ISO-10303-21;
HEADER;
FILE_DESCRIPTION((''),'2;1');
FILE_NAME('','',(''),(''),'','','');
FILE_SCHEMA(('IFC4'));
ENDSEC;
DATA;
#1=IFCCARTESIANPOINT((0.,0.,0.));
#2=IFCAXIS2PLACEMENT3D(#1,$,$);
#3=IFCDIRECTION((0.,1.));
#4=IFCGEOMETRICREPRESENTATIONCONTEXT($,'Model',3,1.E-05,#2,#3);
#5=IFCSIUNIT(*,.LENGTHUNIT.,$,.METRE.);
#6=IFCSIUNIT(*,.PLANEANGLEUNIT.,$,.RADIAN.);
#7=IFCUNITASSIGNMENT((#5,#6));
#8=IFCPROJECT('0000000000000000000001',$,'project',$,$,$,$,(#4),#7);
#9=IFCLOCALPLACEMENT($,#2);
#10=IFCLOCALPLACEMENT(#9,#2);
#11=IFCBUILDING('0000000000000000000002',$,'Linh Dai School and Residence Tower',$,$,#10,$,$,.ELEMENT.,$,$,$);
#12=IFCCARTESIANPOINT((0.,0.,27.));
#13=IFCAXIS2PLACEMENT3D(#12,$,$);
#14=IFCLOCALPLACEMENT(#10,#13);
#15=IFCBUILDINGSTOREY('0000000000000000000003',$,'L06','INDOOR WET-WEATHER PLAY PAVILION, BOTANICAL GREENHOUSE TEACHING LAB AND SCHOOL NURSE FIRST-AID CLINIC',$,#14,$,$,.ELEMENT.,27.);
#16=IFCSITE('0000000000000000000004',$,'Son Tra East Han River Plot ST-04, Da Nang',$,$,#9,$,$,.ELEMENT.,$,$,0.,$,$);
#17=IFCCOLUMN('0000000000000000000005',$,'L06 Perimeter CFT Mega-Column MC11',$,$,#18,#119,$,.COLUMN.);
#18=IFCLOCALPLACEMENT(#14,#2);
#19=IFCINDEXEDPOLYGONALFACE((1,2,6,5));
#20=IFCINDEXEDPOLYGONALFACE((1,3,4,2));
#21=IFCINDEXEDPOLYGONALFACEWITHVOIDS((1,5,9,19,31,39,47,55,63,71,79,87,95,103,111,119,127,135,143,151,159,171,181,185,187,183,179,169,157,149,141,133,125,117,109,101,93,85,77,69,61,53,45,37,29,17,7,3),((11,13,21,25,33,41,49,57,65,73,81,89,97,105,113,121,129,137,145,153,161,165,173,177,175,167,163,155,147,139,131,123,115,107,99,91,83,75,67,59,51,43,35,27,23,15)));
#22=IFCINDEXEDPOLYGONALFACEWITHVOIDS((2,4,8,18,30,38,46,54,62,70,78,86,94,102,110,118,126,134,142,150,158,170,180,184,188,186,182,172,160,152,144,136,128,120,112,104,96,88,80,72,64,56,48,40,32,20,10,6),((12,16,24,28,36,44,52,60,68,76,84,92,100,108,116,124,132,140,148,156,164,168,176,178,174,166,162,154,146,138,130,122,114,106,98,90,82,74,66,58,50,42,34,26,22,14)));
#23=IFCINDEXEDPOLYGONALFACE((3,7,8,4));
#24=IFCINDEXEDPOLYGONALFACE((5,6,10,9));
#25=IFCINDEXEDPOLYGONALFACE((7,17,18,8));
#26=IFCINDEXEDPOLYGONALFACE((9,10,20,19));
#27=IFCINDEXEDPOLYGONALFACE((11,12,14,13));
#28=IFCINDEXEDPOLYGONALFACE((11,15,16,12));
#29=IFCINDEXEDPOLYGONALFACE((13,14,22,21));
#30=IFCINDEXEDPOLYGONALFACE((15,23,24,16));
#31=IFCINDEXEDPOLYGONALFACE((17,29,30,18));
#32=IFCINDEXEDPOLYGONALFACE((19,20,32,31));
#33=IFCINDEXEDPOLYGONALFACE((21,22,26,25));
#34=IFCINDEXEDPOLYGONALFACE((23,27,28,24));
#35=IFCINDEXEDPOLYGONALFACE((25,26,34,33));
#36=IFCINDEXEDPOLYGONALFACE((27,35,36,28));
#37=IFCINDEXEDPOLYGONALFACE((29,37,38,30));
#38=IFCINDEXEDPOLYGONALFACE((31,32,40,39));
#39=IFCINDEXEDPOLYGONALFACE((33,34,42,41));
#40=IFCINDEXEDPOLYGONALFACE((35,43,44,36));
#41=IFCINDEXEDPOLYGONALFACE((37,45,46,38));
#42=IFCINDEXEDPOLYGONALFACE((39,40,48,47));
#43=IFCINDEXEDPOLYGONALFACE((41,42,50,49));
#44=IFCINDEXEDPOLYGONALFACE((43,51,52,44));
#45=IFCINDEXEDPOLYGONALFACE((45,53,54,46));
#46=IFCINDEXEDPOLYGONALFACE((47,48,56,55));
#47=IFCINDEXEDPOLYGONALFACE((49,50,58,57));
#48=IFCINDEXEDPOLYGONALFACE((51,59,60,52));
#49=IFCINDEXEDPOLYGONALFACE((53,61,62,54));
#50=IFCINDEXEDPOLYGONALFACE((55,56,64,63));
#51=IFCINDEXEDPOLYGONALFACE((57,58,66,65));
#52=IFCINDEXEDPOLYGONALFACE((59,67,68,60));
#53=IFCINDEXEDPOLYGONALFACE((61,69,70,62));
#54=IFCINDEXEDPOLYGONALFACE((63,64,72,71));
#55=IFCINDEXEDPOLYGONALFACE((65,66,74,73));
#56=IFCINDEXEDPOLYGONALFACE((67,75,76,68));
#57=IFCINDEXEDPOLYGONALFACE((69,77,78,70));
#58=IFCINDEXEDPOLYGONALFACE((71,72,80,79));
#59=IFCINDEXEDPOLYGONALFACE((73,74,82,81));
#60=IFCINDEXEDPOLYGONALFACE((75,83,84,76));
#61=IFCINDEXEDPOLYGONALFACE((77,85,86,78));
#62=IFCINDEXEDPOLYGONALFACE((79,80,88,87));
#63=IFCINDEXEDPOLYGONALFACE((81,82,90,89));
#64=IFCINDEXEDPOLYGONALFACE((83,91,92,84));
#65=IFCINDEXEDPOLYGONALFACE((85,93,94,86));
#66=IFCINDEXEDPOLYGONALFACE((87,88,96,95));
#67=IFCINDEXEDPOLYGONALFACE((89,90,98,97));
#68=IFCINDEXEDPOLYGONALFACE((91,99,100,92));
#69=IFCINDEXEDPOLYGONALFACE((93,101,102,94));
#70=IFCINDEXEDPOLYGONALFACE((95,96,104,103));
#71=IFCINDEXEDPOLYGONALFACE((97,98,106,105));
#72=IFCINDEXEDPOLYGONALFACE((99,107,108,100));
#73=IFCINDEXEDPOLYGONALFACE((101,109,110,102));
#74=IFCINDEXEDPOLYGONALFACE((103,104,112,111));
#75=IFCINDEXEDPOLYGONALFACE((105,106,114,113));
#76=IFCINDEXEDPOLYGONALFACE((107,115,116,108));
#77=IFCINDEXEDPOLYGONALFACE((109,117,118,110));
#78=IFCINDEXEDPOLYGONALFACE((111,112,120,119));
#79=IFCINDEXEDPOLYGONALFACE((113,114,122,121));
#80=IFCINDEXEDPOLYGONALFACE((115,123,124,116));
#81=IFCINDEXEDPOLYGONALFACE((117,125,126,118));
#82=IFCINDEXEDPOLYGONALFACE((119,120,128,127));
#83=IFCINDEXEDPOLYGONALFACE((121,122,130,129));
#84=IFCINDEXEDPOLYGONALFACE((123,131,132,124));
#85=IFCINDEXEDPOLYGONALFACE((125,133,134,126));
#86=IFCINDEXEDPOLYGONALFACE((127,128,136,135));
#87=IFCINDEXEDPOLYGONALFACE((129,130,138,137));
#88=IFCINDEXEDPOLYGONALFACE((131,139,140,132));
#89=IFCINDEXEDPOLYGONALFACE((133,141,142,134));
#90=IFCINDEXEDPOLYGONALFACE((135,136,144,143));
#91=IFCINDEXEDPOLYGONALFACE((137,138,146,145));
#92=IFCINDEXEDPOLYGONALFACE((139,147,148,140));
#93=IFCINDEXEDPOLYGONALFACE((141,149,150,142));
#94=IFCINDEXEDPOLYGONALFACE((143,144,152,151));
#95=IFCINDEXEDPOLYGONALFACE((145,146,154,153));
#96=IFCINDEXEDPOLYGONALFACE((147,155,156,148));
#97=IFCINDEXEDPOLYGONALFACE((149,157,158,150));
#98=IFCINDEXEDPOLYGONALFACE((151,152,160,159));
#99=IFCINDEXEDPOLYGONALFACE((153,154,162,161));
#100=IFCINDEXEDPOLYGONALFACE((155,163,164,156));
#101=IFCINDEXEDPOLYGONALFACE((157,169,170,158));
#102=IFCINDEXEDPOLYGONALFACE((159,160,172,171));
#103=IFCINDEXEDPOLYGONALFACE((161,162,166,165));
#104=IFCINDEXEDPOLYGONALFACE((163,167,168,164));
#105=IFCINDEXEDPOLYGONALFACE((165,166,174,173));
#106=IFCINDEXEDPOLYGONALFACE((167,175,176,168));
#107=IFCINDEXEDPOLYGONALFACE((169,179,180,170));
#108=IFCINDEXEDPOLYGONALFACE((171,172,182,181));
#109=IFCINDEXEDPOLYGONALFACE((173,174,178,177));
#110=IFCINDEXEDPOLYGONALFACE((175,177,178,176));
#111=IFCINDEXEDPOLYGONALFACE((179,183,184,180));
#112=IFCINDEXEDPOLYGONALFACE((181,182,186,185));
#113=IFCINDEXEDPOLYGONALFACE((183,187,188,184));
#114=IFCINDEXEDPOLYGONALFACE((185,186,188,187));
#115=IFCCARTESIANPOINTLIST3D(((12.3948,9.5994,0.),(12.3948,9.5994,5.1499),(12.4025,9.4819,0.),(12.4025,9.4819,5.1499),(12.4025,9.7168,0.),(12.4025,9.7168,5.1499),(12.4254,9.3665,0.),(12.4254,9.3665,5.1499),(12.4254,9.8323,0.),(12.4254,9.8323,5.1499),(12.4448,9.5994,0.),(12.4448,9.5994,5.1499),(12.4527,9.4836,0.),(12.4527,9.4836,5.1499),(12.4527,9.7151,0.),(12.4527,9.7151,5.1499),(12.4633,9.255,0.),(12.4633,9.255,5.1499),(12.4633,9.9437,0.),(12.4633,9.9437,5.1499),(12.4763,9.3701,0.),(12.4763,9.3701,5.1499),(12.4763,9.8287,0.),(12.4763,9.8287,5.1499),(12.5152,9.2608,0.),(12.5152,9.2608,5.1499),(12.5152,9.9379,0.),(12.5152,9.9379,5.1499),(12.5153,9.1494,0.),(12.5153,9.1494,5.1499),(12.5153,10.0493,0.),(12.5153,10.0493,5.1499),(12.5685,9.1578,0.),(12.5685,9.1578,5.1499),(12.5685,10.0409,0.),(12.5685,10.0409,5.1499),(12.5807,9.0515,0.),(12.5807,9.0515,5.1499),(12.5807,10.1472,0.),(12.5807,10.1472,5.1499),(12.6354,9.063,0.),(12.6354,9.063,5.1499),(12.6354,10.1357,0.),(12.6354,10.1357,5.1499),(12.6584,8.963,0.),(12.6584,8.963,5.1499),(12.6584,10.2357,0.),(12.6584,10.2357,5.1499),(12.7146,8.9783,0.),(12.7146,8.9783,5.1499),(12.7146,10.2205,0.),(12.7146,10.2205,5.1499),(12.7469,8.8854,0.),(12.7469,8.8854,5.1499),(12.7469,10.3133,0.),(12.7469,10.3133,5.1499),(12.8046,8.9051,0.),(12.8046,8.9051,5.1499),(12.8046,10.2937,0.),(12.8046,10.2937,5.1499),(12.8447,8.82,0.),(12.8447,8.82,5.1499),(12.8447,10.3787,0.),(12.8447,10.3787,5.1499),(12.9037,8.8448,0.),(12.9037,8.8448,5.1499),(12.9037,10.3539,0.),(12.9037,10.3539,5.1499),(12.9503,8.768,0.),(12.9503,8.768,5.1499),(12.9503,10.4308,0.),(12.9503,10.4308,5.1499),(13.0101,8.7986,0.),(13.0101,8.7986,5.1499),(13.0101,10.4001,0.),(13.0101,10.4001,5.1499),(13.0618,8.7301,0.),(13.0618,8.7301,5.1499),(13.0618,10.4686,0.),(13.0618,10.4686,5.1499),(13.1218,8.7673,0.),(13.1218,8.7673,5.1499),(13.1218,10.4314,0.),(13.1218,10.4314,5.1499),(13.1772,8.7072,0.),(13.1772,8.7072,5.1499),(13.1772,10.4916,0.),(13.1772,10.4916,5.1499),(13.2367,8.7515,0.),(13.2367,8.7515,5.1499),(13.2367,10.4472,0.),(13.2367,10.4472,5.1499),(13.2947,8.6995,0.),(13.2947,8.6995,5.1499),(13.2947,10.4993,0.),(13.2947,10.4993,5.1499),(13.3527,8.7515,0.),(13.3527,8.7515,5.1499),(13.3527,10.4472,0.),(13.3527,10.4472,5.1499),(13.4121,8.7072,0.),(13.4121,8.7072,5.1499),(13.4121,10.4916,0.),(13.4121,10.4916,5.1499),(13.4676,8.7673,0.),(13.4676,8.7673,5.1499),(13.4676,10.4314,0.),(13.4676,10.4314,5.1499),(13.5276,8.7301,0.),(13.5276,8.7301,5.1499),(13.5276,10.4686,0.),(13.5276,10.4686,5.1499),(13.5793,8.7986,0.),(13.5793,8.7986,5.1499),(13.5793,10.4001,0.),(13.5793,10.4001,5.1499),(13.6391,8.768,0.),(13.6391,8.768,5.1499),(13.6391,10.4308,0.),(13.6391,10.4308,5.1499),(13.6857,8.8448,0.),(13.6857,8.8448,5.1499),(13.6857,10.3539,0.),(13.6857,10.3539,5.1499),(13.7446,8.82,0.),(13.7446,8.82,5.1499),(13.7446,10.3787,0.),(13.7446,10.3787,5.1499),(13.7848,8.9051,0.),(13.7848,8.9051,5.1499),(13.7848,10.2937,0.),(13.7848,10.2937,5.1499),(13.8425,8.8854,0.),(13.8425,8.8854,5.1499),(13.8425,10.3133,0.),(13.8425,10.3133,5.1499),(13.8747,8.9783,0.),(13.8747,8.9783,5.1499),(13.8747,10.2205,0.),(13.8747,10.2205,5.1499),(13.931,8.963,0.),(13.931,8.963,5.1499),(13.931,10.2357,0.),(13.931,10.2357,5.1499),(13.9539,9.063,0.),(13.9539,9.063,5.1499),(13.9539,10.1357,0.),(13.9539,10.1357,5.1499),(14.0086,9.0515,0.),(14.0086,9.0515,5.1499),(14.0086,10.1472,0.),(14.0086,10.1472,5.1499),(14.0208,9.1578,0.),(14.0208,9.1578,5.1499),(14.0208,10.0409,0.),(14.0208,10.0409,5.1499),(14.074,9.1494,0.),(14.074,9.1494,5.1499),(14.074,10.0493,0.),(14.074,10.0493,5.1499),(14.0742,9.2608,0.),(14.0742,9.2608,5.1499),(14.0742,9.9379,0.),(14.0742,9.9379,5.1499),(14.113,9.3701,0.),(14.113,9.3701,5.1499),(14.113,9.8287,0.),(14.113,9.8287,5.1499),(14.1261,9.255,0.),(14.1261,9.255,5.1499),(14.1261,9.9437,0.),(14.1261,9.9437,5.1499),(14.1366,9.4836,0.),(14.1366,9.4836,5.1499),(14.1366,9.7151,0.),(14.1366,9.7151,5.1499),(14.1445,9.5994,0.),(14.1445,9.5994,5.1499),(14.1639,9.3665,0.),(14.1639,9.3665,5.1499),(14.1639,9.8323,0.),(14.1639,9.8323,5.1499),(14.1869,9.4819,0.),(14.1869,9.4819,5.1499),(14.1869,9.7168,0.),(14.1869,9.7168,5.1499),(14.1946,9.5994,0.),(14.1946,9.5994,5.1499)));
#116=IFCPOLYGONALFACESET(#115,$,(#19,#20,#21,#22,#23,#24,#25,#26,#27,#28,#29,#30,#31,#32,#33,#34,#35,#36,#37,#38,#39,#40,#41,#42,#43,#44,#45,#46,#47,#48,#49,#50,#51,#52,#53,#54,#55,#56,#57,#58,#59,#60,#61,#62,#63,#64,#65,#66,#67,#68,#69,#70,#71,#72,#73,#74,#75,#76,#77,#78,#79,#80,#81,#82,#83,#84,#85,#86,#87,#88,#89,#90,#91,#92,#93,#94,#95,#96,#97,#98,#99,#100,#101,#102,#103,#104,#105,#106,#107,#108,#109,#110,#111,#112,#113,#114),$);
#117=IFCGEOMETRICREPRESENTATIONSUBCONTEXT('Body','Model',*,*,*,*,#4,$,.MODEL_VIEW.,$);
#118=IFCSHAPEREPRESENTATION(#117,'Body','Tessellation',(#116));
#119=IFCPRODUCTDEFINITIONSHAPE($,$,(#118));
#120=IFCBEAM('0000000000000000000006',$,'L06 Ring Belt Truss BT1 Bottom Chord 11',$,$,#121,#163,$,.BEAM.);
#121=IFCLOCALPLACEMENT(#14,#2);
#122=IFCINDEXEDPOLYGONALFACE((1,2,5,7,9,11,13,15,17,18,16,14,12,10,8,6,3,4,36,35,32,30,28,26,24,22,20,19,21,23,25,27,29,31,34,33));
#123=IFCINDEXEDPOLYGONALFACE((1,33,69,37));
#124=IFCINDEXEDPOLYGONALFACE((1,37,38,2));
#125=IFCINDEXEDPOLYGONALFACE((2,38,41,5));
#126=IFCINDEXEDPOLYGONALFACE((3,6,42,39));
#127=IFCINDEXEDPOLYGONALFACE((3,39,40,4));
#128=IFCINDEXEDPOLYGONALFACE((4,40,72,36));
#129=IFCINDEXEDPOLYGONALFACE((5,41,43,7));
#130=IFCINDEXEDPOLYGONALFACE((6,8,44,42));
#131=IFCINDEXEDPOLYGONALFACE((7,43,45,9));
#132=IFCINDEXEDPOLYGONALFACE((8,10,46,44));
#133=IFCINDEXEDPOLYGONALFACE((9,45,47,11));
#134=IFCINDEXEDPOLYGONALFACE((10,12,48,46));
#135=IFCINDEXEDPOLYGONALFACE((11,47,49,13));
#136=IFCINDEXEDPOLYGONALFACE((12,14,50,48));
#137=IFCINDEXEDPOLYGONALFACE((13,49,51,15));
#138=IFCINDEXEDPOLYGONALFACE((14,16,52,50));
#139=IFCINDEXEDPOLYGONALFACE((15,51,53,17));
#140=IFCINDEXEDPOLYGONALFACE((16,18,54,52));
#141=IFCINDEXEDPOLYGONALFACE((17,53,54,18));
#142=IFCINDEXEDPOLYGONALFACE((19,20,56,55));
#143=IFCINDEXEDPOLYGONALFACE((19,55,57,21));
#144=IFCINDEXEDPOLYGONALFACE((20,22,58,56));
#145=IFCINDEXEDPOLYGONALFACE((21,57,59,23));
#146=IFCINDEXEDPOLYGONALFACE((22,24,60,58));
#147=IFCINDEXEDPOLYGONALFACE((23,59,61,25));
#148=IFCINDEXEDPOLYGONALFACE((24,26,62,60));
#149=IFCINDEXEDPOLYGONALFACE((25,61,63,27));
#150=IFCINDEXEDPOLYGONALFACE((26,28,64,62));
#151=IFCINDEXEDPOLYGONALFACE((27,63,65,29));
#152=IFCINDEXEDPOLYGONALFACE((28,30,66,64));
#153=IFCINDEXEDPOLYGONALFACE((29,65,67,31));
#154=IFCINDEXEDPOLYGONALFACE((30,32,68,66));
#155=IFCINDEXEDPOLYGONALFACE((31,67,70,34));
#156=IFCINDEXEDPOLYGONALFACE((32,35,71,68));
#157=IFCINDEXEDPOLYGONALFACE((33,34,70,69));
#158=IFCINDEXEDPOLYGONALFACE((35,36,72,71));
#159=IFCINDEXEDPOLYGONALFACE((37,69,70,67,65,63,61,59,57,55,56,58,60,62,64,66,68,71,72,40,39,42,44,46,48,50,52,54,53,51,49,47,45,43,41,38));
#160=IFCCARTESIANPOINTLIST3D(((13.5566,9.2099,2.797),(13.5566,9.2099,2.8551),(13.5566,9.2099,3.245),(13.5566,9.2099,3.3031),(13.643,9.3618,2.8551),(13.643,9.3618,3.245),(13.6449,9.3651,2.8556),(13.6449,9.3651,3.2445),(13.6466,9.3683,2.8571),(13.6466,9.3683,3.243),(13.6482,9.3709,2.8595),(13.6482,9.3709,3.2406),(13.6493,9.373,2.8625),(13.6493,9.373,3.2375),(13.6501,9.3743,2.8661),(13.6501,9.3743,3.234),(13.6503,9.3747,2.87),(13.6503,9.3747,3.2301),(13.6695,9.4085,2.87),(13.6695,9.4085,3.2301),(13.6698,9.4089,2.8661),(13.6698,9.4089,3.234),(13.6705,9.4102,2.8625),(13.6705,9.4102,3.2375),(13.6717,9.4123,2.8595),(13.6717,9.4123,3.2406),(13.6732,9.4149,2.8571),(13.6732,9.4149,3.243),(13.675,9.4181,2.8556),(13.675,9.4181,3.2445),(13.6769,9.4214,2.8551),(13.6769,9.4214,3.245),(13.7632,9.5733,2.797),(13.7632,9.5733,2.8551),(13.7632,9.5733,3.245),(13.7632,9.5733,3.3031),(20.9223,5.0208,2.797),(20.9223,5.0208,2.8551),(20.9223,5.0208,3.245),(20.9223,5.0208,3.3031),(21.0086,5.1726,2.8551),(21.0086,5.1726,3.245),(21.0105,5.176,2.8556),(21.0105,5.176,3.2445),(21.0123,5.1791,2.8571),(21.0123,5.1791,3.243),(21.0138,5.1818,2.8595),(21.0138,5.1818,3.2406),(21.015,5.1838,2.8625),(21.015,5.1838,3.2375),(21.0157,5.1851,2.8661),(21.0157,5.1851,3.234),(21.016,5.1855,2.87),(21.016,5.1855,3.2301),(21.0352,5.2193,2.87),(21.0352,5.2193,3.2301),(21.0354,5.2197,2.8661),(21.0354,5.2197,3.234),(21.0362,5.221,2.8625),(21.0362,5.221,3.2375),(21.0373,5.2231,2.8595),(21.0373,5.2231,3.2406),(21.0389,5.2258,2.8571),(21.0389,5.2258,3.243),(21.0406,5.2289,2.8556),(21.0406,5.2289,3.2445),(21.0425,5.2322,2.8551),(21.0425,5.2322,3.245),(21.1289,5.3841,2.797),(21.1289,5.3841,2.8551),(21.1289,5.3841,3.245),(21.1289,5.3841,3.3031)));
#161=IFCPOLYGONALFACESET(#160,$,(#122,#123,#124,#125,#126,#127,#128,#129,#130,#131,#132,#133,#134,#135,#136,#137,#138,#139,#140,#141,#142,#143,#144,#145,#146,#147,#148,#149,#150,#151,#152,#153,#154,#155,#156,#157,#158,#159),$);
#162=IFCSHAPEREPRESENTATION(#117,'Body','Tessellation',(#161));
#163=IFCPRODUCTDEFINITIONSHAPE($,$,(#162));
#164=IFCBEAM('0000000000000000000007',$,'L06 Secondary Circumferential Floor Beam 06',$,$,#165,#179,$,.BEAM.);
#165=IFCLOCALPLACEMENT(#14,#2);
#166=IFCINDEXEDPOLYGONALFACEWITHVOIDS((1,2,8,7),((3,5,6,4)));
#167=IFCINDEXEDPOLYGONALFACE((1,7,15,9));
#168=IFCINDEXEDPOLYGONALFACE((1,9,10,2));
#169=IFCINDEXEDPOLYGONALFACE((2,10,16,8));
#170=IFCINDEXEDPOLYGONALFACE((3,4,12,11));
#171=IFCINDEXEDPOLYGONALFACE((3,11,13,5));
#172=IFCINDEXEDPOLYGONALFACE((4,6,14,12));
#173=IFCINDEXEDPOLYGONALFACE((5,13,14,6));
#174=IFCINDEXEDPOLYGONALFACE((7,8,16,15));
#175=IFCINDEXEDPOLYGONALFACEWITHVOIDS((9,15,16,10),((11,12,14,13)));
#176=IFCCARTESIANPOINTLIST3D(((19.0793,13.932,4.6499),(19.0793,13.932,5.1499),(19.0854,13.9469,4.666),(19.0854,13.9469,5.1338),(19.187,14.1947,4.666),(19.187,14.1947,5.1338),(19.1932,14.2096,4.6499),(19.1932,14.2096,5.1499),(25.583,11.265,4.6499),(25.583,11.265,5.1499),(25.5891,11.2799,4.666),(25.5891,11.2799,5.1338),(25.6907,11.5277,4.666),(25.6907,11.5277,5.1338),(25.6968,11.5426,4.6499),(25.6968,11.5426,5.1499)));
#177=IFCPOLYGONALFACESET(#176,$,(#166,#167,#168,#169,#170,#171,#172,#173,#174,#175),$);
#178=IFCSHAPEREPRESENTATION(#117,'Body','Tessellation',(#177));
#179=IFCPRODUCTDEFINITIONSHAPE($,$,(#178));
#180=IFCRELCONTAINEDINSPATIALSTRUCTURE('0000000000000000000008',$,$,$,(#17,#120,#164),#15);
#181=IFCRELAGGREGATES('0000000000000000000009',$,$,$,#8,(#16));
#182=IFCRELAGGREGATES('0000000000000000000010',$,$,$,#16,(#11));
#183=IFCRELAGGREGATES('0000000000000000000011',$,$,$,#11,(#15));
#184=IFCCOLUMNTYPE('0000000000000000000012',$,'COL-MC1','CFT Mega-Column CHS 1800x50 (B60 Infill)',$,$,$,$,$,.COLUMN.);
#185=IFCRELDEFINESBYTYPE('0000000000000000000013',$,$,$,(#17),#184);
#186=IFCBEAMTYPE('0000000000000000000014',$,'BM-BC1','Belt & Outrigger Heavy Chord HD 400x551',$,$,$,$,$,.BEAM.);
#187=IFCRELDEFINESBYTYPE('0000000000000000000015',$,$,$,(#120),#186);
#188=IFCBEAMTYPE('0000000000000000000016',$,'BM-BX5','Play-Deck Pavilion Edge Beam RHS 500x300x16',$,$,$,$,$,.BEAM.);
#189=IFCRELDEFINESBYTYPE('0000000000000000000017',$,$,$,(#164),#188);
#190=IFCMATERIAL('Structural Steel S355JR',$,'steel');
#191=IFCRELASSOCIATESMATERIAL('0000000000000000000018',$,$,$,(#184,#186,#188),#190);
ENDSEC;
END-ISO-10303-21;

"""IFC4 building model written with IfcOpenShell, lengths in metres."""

from ifc_helpers import new_model, si_unit, direction, frame, origin, origin_2d, place, context, subcontext, project, spatial, hollow_rectangle, hollow_circle, i_section, extrude, material, material_profile, profile_set, type_object, element, save


model = new_model("IFC4")

# Units and contexts
model_context = context("Model", 3, precision=1e-05, world=origin(), true_north=direction((0.0, 1.0)))
body_context = subcontext(model_context, "Body", "Model", "MODEL_VIEW")
ifc_project = project(units=[si_unit("LENGTHUNIT", "METRE"), si_unit("PLANEANGLEUNIT", "RADIAN")], contexts=[model_context])

# Site, building, storey
site_placement = place(None, origin())
site = spatial("IfcSite", under=ifc_project, at=site_placement, Name="Son Tra East Han River Plot ST-04, Da Nang", CompositionType="ELEMENT", RefElevation=0.0)
building_placement = place(site_placement, origin())
building = spatial("IfcBuilding", under=site, at=building_placement, Name="Linh Dai School and Residence Tower", CompositionType="ELEMENT")
storey_placement = place(building_placement, frame((0.0, 0.0, 27.0)))
storey = spatial("IfcBuildingStorey", under=building, at=storey_placement, Name="L06", Description="INDOOR WET-WEATHER PLAY PAVILION, BOTANICAL GREENHOUSE TEACHING LAB AND SCHOOL NURSE FIRST-AID CLINIC", CompositionType="ELEMENT", Elevation=27.0)

# Column
ifc_material_1 = material(Name="Structural Steel S355JR", Category="steel")
ifc_material_profile_1 = material_profile(ifc_material_1, hollow_circle(Radius=0.8999, WallThickness=0.05, at=origin_2d()), Name="CHS 1800x50")
ifc_profile_set_1 = profile_set([ifc_material_profile_1], Name="Structural Steel S355JR")
column_type = type_object("IfcColumnType", Name="COL-MC1", Description="CFT Mega-Column CHS 1800x50 (B60 Infill)", PredefinedType="COLUMN", material=ifc_profile_set_1)
column_placement = place(storey_placement, frame((13.2947, 9.5994, 0.0), z_axis=(0.0, 0.0, 1.0), x_axis=(1.0, 0.0, 0.0)))
element("IfcColumn", 1, at=column_placement, inside=storey, type_object=column_type, Name="L06 Perimeter CFT Mega-Column MC11", PredefinedType="COLUMN", context=body_context, shape_type="SweptSolid", body=[
    extrude(hollow_circle(Radius=0.8999, WallThickness=0.05, at=origin_2d()), origin(), (0.0, 0.0, 1.0), 5.1499),
])

# Beams
ifc_material_profile_2 = material_profile(ifc_material_1, i_section(OverallWidth=0.418, OverallDepth=0.5061, WebThickness=0.0388, FlangeThickness=0.0581, FilletRadius=0.0149, at=origin_2d()), Name="HD 400x551")
ifc_profile_set_2 = profile_set([ifc_material_profile_2], Name="Structural Steel S355JR")
beam_type_1 = type_object("IfcBeamType", Name="BM-BC1", Description="Belt & Outrigger Heavy Chord HD 400x551", PredefinedType="BEAM", material=ifc_profile_set_2)
beam_1_placement = place(storey_placement, frame((13.6599, 9.3916, 3.05), z_axis=(0.869247, -0.494379, 0.0), x_axis=(0.494379, 0.869247, 0.0)))
element("IfcBeam", 2, at=beam_1_placement, inside=storey, type_object=beam_type_1, Name="L06 Ring Belt Truss BT1 Bottom Chord 11", PredefinedType="BEAM", context=body_context, shape_type="SweptSolid", body=[
    extrude(i_section(OverallWidth=0.418, OverallDepth=0.5061, WebThickness=0.0388, FlangeThickness=0.0581, FilletRadius=0.0149, at=origin_2d()), origin(), (0.0, 0.0, 1.0), 8.4736),
])
ifc_material_profile_3 = material_profile(ifc_material_1, hollow_rectangle(XDim=0.3, YDim=0.5, WallThickness=0.0161, at=origin_2d()), Name="RHS 500x300x16")
ifc_profile_set_3 = profile_set([ifc_material_profile_3], Name="Structural Steel S355JR")
beam_type_2 = type_object("IfcBeamType", Name="BM-BX5", Description="Play-Deck Pavilion Edge Beam RHS 500x300x16", PredefinedType="BEAM", material=ifc_profile_set_3)
beam_2_placement = place(storey_placement, frame((19.1362, 14.0708, 4.8999), z_axis=(0.925227, -0.379413, 0.0), x_axis=(0.379413, 0.925227, 0.0)))
element("IfcBeam", 3, at=beam_2_placement, inside=storey, type_object=beam_type_2, Name="L06 Secondary Circumferential Floor Beam 06", PredefinedType="BEAM", context=body_context, shape_type="SweptSolid", body=[
    extrude(hollow_rectangle(XDim=0.3, YDim=0.5, WallThickness=0.0161, at=origin_2d()), origin(), (0.0, 0.0, 1.0), 7.0293),
])

save(model, "model.ifc")
